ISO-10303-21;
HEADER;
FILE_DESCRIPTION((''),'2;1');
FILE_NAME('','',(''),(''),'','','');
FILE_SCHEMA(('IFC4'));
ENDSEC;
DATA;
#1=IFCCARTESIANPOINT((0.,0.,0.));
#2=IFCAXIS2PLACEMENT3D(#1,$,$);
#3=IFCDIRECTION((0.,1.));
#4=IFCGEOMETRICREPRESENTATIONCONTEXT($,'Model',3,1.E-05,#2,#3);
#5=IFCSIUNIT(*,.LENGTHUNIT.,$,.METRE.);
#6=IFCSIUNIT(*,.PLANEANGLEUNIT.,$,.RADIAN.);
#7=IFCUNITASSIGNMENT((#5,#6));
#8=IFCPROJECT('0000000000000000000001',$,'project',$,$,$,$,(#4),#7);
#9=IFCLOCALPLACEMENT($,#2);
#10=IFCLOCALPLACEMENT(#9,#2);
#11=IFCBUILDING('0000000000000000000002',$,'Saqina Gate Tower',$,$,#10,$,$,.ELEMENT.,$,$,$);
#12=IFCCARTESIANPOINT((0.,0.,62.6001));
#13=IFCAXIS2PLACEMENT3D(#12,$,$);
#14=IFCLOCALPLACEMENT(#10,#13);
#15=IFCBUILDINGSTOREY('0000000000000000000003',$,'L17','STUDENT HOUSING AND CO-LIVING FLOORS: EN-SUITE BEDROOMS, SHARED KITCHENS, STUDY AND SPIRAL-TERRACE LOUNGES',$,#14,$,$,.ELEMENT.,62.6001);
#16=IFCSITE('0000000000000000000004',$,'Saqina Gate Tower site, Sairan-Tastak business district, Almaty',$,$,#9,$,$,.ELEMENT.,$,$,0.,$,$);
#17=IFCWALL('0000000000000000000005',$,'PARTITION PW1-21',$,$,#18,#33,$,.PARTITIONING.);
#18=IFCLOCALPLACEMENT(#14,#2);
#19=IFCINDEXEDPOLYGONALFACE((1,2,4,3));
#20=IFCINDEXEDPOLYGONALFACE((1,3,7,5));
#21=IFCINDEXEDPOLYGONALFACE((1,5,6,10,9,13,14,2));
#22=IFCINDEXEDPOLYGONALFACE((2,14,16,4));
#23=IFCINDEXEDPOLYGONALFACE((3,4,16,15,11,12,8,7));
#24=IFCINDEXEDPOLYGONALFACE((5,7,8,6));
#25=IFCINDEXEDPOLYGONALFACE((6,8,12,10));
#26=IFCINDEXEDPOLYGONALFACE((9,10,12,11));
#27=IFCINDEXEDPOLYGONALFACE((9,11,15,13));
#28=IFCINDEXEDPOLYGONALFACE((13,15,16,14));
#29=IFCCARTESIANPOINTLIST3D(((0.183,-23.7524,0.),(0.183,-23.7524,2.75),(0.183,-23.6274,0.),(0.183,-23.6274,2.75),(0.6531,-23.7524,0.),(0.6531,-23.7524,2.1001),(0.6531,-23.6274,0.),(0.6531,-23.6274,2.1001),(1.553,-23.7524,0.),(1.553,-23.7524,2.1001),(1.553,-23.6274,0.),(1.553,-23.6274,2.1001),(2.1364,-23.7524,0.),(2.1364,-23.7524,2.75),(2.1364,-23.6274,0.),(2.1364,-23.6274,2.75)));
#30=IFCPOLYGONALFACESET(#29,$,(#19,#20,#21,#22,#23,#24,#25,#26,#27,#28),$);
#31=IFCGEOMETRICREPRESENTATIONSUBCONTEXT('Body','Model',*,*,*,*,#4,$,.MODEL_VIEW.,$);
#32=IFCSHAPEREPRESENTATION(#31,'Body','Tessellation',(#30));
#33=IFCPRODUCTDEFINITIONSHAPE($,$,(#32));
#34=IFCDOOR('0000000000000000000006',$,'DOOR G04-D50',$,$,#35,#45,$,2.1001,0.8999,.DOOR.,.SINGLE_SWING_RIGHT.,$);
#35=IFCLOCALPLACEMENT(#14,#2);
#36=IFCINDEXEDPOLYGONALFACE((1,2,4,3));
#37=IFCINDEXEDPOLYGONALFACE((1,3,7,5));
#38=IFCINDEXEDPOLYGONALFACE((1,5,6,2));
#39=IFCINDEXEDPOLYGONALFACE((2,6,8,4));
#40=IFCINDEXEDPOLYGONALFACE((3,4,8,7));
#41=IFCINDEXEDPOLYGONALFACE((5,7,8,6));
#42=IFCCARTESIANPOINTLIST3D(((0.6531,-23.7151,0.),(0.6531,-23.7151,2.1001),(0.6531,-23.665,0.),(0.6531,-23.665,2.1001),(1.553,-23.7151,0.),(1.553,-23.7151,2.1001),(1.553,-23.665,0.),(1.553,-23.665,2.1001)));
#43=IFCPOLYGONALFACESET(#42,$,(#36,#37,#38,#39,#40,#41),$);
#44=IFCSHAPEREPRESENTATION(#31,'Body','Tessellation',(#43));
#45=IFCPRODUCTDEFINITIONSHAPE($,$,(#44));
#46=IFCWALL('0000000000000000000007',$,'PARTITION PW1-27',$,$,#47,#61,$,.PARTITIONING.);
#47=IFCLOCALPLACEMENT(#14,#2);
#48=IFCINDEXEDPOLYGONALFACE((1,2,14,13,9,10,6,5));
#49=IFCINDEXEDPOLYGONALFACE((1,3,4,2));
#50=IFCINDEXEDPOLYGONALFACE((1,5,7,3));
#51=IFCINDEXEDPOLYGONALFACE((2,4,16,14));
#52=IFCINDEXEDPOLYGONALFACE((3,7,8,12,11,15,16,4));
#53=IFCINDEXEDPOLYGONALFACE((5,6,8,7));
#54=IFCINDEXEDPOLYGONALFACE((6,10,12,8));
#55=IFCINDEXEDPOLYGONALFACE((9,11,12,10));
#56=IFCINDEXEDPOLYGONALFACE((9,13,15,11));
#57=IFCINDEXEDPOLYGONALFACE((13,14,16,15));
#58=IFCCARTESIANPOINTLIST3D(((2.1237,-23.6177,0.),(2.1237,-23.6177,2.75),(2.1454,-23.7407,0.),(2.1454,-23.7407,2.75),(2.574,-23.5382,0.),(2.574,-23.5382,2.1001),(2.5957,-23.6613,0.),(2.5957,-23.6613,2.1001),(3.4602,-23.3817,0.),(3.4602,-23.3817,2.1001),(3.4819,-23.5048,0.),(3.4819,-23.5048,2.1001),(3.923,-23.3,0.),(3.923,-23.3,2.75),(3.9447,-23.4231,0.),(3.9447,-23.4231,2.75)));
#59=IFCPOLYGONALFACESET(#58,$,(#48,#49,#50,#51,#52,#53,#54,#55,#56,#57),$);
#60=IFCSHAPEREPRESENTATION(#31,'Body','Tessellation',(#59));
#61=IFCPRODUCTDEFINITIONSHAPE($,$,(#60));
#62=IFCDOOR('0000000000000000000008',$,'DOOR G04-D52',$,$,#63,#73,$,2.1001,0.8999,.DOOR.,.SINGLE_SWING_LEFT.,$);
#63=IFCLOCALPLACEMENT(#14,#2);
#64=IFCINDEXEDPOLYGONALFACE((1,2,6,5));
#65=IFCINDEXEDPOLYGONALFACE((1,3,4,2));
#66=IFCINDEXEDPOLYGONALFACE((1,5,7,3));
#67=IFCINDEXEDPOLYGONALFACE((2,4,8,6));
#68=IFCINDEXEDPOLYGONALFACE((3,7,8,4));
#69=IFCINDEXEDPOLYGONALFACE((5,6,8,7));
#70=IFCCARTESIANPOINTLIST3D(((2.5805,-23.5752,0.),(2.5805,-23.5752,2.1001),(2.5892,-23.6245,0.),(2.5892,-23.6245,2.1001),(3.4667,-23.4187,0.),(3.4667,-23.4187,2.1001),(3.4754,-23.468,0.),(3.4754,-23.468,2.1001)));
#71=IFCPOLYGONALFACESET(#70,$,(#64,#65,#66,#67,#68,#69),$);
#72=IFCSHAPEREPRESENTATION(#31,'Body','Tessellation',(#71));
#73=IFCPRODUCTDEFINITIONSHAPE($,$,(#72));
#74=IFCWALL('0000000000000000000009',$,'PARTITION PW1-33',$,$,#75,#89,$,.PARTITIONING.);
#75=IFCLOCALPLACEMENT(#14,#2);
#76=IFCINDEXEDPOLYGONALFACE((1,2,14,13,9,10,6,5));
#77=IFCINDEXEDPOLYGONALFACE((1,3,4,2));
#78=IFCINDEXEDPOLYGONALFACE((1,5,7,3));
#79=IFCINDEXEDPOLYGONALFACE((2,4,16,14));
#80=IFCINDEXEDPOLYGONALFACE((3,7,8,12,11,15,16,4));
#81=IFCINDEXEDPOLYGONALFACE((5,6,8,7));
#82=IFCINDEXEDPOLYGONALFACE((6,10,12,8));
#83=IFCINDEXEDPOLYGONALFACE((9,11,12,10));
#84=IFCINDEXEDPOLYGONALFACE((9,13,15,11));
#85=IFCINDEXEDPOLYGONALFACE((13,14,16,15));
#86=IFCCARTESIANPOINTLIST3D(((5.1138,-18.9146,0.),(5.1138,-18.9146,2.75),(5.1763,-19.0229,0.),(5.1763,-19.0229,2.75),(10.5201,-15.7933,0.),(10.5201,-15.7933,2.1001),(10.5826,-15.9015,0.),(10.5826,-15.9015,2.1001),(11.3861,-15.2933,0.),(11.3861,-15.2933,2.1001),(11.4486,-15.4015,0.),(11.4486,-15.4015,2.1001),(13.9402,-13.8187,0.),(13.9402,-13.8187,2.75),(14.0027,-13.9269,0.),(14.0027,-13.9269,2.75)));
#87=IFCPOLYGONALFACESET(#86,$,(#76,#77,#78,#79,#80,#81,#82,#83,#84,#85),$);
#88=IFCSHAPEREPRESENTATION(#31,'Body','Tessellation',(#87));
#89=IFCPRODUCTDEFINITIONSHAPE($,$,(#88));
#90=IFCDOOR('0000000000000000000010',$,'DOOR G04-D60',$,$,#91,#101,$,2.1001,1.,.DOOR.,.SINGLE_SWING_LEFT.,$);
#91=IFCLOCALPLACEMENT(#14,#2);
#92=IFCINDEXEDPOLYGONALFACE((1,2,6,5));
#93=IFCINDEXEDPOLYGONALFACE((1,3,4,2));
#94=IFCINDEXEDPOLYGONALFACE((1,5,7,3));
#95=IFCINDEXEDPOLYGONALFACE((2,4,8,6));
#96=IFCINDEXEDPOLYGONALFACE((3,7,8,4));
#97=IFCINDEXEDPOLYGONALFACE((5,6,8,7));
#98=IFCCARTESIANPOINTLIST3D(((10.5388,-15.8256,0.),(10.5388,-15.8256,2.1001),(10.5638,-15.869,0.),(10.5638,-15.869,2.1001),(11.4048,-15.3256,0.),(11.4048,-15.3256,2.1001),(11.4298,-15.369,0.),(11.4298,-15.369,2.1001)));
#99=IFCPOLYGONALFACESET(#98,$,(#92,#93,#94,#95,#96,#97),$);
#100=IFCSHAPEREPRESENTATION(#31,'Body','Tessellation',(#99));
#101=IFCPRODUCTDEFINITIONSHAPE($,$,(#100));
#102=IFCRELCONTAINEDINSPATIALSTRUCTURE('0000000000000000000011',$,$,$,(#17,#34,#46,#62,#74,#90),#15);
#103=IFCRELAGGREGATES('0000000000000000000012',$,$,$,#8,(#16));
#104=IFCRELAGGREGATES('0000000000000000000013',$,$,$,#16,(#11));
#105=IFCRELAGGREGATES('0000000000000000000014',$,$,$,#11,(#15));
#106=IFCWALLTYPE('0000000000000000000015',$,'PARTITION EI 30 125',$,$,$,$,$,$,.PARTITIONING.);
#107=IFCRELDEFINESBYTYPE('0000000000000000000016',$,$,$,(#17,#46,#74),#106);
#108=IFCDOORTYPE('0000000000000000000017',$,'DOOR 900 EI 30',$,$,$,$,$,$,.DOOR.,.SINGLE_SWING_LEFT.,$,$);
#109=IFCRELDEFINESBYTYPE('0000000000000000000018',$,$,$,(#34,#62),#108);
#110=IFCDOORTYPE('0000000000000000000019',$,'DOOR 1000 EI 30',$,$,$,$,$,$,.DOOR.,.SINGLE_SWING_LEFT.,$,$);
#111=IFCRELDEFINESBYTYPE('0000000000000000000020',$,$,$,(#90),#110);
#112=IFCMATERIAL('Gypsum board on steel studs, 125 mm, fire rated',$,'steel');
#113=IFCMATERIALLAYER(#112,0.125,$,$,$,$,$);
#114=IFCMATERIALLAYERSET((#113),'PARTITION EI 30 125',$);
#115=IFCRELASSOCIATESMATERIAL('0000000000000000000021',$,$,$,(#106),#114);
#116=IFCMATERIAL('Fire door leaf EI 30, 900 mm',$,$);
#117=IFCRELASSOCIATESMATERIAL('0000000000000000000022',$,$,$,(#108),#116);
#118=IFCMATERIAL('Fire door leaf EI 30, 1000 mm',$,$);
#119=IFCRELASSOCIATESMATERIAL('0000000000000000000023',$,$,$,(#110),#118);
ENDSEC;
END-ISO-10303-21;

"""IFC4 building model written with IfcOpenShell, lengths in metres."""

from ifc_helpers import new_model, si_unit, direction, frame, frame_2d, origin, place, context, subcontext, project, spatial, rectangle, extrude, material, layer, layer_set, type_object, element, fill, save


model = new_model("IFC4")

# Units and contexts
model_context = context("Model", 3, precision=1e-05, world=origin(), true_north=direction((0.0, 1.0)))
body_context = subcontext(model_context, "Body", "Model", "MODEL_VIEW")
ifc_project = project(units=[si_unit("LENGTHUNIT", "METRE"), si_unit("PLANEANGLEUNIT", "RADIAN")], contexts=[model_context])

# Site, building, storey
site_placement = place(None, origin())
site = spatial("IfcSite", under=ifc_project, at=site_placement, Name="Saqina Gate Tower site, Sairan-Tastak business district, Almaty", CompositionType="ELEMENT", RefElevation=0.0)
building_placement = place(site_placement, origin())
building = spatial("IfcBuilding", under=site, at=building_placement, Name="Saqina Gate Tower", CompositionType="ELEMENT")
storey_placement = place(building_placement, frame((0.0, 0.0, 62.6001)))
storey = spatial("IfcBuildingStorey", under=building, at=storey_placement, Name="L17", Description="STUDENT HOUSING AND CO-LIVING FLOORS: EN-SUITE BEDROOMS, SHARED KITCHENS, STUDY AND SPIRAL-TERRACE LOUNGES", CompositionType="ELEMENT", Elevation=62.6001)

# Walls, openings, doors
ifc_material_1 = material(Name="Gypsum board on steel studs, 125 mm, fire rated", Category="steel")
ifc_layer_1 = layer(ifc_material_1, 0.125)
ifc_layer_set_1 = layer_set([ifc_layer_1], Name="PARTITION EI 30 125")
wall_type_1 = type_object("IfcWallType", Name="PARTITION EI 30 125", PredefinedType="PARTITIONING", material=ifc_layer_set_1)
wall_1_placement = place(storey_placement, frame((0.1831, -23.6899, 0.0), z_axis=(0.0, 0.0, 1.0), x_axis=(1.0, 0.0, 0.0)))
wall_1 = element("IfcWall", 1, at=wall_1_placement, inside=storey, type_object=wall_type_1, Name="PARTITION PW1-21", PredefinedType="PARTITIONING", context=body_context, shape_type="SweptSolid", body=[
    extrude(rectangle(XDim=1.9534, YDim=0.125, at=frame_2d((0.9766, 0.0))), origin(), (0.0, 0.0, 1.0), 2.75),
])
opening_1_placement = place(wall_1_placement, frame((0.47, 0.0, 0.0)))
opening_1 = element("IfcOpeningElement", 2, at=opening_1_placement, cuts=wall_1, PredefinedType="OPENING", context=body_context, shape_type="SweptSolid", body=[
    extrude(rectangle(XDim=0.8999, YDim=2.1001, at=frame_2d((0.45, 1.05))), frame((0.0, 0.0745, 0.0), z_axis=(0.0, -1.0, 0.0), x_axis=(1.0, 0.0, 0.0)), (0.0, 0.0, 1.0), 0.1489),
])
ifc_material_2 = material(Name="Fire door leaf EI 30, 900 mm")
door_type_1 = type_object("IfcDoorType", Name="DOOR 900 EI 30", OperationType="SINGLE_SWING_LEFT", PredefinedType="DOOR", material=ifc_material_2)
door_1_placement = place(opening_1_placement, origin())
door_1 = element("IfcDoor", 3, at=door_1_placement, inside=storey, type_object=door_type_1, Name="DOOR G04-D50", OperationType="SINGLE_SWING_RIGHT", OverallHeight=2.1001, OverallWidth=0.8999, PredefinedType="DOOR", context=body_context, shape_type="SweptSolid", body=[
    extrude(rectangle(XDim=0.8999, YDim=2.1001, at=frame_2d((0.45, 1.05))), frame((0.0, 0.0249, 0.0), z_axis=(0.0, -1.0, 0.0), x_axis=(1.0, 0.0, 0.0)), (0.0, 0.0, 1.0), 0.05),
])
fill(opening_1, door_1)
wall_2_placement = place(storey_placement, frame((2.1345, -23.6792, 0.0), z_axis=(0.0, 0.0, 1.0), x_axis=(0.984774, 0.173839, 0.0)))
wall_2 = element("IfcWall", 4, at=wall_2_placement, inside=storey, type_object=wall_type_1, Name="PARTITION PW1-27", PredefinedType="PARTITIONING", context=body_context, shape_type="SweptSolid", body=[
    extrude(rectangle(XDim=1.8271, YDim=0.125, at=frame_2d((0.9136, 0.0))), origin(), (0.0, 0.0, 1.0), 2.75),
])
opening_2_placement = place(wall_2_placement, frame((0.4573, 0.0, 0.0)))
opening_2 = element("IfcOpeningElement", 5, at=opening_2_placement, cuts=wall_2, PredefinedType="OPENING", context=body_context, shape_type="SweptSolid", body=[
    extrude(rectangle(XDim=0.8999, YDim=2.1001, at=frame_2d((0.45, 1.05))), frame((0.0, 0.0745, 0.0), z_axis=(0.0, -1.0, 0.0), x_axis=(1.0, 0.0, 0.0)), (0.0, 0.0, 1.0), 0.1489),
])
door_2_placement = place(opening_2_placement, origin())
door_2 = element("IfcDoor", 6, at=door_2_placement, inside=storey, type_object=door_type_1, Name="DOOR G04-D52", OperationType="SINGLE_SWING_LEFT", OverallHeight=2.1001, OverallWidth=0.8999, PredefinedType="DOOR", context=body_context, shape_type="SweptSolid", body=[
    extrude(rectangle(XDim=0.8999, YDim=2.1001, at=frame_2d((0.45, 1.05))), frame((0.0, 0.0249, 0.0), z_axis=(0.0, -1.0, 0.0), x_axis=(1.0, 0.0, 0.0)), (0.0, 0.0, 1.0), 0.05),
])
fill(opening_2, door_2)
wall_3_placement = place(storey_placement, frame((5.145, -18.9688, 0.0), z_axis=(0.0, 0.0, 1.0), x_axis=(0.866025, 0.500001, 0.0)))
wall_3 = element("IfcWall", 7, at=wall_3_placement, inside=storey, type_object=wall_type_1, Name="PARTITION PW1-33", PredefinedType="PARTITIONING", context=body_context, shape_type="SweptSolid", body=[
    extrude(rectangle(XDim=10.1919, YDim=0.125, at=frame_2d((5.0959, 0.0))), origin(), (0.0, 0.0, 1.0), 2.75),
])
opening_3_placement = place(wall_3_placement, frame((6.2427, 0.0, 0.0)))
opening_3 = element("IfcOpeningElement", 8, at=opening_3_placement, cuts=wall_3, PredefinedType="OPENING", context=body_context, shape_type="SweptSolid", body=[
    extrude(rectangle(XDim=1.0, YDim=2.1001, at=frame_2d((0.5, 1.05))), frame((0.0, 0.0745, 0.0), z_axis=(0.0, -1.0, 0.0), x_axis=(1.0, 0.0, 0.0)), (0.0, 0.0, 1.0), 0.1489),
])
ifc_material_3 = material(Name="Fire door leaf EI 30, 1000 mm")
door_type_2 = type_object("IfcDoorType", Name="DOOR 1000 EI 30", OperationType="SINGLE_SWING_LEFT", PredefinedType="DOOR", material=ifc_material_3)
door_3_placement = place(opening_3_placement, frame((1.0, 0.0, 0.0), z_axis=(0.0, 0.0, 1.0), x_axis=(-1.0, 0.0, 0.0)))
door_3 = element("IfcDoor", 9, at=door_3_placement, inside=storey, type_object=door_type_2, Name="DOOR G04-D60", OperationType="SINGLE_SWING_LEFT", OverallHeight=2.1001, OverallWidth=1.0, PredefinedType="DOOR", context=body_context, shape_type="SweptSolid", body=[
    extrude(rectangle(XDim=1.0, YDim=2.1001, at=frame_2d((0.5, 1.05))), frame((0.0, 0.0249, 0.0), z_axis=(0.0, -1.0, 0.0), x_axis=(1.0, 0.0, 0.0)), (0.0, 0.0, 1.0), 0.05),
])
fill(opening_3, door_3)

save(model, "model.ifc")
